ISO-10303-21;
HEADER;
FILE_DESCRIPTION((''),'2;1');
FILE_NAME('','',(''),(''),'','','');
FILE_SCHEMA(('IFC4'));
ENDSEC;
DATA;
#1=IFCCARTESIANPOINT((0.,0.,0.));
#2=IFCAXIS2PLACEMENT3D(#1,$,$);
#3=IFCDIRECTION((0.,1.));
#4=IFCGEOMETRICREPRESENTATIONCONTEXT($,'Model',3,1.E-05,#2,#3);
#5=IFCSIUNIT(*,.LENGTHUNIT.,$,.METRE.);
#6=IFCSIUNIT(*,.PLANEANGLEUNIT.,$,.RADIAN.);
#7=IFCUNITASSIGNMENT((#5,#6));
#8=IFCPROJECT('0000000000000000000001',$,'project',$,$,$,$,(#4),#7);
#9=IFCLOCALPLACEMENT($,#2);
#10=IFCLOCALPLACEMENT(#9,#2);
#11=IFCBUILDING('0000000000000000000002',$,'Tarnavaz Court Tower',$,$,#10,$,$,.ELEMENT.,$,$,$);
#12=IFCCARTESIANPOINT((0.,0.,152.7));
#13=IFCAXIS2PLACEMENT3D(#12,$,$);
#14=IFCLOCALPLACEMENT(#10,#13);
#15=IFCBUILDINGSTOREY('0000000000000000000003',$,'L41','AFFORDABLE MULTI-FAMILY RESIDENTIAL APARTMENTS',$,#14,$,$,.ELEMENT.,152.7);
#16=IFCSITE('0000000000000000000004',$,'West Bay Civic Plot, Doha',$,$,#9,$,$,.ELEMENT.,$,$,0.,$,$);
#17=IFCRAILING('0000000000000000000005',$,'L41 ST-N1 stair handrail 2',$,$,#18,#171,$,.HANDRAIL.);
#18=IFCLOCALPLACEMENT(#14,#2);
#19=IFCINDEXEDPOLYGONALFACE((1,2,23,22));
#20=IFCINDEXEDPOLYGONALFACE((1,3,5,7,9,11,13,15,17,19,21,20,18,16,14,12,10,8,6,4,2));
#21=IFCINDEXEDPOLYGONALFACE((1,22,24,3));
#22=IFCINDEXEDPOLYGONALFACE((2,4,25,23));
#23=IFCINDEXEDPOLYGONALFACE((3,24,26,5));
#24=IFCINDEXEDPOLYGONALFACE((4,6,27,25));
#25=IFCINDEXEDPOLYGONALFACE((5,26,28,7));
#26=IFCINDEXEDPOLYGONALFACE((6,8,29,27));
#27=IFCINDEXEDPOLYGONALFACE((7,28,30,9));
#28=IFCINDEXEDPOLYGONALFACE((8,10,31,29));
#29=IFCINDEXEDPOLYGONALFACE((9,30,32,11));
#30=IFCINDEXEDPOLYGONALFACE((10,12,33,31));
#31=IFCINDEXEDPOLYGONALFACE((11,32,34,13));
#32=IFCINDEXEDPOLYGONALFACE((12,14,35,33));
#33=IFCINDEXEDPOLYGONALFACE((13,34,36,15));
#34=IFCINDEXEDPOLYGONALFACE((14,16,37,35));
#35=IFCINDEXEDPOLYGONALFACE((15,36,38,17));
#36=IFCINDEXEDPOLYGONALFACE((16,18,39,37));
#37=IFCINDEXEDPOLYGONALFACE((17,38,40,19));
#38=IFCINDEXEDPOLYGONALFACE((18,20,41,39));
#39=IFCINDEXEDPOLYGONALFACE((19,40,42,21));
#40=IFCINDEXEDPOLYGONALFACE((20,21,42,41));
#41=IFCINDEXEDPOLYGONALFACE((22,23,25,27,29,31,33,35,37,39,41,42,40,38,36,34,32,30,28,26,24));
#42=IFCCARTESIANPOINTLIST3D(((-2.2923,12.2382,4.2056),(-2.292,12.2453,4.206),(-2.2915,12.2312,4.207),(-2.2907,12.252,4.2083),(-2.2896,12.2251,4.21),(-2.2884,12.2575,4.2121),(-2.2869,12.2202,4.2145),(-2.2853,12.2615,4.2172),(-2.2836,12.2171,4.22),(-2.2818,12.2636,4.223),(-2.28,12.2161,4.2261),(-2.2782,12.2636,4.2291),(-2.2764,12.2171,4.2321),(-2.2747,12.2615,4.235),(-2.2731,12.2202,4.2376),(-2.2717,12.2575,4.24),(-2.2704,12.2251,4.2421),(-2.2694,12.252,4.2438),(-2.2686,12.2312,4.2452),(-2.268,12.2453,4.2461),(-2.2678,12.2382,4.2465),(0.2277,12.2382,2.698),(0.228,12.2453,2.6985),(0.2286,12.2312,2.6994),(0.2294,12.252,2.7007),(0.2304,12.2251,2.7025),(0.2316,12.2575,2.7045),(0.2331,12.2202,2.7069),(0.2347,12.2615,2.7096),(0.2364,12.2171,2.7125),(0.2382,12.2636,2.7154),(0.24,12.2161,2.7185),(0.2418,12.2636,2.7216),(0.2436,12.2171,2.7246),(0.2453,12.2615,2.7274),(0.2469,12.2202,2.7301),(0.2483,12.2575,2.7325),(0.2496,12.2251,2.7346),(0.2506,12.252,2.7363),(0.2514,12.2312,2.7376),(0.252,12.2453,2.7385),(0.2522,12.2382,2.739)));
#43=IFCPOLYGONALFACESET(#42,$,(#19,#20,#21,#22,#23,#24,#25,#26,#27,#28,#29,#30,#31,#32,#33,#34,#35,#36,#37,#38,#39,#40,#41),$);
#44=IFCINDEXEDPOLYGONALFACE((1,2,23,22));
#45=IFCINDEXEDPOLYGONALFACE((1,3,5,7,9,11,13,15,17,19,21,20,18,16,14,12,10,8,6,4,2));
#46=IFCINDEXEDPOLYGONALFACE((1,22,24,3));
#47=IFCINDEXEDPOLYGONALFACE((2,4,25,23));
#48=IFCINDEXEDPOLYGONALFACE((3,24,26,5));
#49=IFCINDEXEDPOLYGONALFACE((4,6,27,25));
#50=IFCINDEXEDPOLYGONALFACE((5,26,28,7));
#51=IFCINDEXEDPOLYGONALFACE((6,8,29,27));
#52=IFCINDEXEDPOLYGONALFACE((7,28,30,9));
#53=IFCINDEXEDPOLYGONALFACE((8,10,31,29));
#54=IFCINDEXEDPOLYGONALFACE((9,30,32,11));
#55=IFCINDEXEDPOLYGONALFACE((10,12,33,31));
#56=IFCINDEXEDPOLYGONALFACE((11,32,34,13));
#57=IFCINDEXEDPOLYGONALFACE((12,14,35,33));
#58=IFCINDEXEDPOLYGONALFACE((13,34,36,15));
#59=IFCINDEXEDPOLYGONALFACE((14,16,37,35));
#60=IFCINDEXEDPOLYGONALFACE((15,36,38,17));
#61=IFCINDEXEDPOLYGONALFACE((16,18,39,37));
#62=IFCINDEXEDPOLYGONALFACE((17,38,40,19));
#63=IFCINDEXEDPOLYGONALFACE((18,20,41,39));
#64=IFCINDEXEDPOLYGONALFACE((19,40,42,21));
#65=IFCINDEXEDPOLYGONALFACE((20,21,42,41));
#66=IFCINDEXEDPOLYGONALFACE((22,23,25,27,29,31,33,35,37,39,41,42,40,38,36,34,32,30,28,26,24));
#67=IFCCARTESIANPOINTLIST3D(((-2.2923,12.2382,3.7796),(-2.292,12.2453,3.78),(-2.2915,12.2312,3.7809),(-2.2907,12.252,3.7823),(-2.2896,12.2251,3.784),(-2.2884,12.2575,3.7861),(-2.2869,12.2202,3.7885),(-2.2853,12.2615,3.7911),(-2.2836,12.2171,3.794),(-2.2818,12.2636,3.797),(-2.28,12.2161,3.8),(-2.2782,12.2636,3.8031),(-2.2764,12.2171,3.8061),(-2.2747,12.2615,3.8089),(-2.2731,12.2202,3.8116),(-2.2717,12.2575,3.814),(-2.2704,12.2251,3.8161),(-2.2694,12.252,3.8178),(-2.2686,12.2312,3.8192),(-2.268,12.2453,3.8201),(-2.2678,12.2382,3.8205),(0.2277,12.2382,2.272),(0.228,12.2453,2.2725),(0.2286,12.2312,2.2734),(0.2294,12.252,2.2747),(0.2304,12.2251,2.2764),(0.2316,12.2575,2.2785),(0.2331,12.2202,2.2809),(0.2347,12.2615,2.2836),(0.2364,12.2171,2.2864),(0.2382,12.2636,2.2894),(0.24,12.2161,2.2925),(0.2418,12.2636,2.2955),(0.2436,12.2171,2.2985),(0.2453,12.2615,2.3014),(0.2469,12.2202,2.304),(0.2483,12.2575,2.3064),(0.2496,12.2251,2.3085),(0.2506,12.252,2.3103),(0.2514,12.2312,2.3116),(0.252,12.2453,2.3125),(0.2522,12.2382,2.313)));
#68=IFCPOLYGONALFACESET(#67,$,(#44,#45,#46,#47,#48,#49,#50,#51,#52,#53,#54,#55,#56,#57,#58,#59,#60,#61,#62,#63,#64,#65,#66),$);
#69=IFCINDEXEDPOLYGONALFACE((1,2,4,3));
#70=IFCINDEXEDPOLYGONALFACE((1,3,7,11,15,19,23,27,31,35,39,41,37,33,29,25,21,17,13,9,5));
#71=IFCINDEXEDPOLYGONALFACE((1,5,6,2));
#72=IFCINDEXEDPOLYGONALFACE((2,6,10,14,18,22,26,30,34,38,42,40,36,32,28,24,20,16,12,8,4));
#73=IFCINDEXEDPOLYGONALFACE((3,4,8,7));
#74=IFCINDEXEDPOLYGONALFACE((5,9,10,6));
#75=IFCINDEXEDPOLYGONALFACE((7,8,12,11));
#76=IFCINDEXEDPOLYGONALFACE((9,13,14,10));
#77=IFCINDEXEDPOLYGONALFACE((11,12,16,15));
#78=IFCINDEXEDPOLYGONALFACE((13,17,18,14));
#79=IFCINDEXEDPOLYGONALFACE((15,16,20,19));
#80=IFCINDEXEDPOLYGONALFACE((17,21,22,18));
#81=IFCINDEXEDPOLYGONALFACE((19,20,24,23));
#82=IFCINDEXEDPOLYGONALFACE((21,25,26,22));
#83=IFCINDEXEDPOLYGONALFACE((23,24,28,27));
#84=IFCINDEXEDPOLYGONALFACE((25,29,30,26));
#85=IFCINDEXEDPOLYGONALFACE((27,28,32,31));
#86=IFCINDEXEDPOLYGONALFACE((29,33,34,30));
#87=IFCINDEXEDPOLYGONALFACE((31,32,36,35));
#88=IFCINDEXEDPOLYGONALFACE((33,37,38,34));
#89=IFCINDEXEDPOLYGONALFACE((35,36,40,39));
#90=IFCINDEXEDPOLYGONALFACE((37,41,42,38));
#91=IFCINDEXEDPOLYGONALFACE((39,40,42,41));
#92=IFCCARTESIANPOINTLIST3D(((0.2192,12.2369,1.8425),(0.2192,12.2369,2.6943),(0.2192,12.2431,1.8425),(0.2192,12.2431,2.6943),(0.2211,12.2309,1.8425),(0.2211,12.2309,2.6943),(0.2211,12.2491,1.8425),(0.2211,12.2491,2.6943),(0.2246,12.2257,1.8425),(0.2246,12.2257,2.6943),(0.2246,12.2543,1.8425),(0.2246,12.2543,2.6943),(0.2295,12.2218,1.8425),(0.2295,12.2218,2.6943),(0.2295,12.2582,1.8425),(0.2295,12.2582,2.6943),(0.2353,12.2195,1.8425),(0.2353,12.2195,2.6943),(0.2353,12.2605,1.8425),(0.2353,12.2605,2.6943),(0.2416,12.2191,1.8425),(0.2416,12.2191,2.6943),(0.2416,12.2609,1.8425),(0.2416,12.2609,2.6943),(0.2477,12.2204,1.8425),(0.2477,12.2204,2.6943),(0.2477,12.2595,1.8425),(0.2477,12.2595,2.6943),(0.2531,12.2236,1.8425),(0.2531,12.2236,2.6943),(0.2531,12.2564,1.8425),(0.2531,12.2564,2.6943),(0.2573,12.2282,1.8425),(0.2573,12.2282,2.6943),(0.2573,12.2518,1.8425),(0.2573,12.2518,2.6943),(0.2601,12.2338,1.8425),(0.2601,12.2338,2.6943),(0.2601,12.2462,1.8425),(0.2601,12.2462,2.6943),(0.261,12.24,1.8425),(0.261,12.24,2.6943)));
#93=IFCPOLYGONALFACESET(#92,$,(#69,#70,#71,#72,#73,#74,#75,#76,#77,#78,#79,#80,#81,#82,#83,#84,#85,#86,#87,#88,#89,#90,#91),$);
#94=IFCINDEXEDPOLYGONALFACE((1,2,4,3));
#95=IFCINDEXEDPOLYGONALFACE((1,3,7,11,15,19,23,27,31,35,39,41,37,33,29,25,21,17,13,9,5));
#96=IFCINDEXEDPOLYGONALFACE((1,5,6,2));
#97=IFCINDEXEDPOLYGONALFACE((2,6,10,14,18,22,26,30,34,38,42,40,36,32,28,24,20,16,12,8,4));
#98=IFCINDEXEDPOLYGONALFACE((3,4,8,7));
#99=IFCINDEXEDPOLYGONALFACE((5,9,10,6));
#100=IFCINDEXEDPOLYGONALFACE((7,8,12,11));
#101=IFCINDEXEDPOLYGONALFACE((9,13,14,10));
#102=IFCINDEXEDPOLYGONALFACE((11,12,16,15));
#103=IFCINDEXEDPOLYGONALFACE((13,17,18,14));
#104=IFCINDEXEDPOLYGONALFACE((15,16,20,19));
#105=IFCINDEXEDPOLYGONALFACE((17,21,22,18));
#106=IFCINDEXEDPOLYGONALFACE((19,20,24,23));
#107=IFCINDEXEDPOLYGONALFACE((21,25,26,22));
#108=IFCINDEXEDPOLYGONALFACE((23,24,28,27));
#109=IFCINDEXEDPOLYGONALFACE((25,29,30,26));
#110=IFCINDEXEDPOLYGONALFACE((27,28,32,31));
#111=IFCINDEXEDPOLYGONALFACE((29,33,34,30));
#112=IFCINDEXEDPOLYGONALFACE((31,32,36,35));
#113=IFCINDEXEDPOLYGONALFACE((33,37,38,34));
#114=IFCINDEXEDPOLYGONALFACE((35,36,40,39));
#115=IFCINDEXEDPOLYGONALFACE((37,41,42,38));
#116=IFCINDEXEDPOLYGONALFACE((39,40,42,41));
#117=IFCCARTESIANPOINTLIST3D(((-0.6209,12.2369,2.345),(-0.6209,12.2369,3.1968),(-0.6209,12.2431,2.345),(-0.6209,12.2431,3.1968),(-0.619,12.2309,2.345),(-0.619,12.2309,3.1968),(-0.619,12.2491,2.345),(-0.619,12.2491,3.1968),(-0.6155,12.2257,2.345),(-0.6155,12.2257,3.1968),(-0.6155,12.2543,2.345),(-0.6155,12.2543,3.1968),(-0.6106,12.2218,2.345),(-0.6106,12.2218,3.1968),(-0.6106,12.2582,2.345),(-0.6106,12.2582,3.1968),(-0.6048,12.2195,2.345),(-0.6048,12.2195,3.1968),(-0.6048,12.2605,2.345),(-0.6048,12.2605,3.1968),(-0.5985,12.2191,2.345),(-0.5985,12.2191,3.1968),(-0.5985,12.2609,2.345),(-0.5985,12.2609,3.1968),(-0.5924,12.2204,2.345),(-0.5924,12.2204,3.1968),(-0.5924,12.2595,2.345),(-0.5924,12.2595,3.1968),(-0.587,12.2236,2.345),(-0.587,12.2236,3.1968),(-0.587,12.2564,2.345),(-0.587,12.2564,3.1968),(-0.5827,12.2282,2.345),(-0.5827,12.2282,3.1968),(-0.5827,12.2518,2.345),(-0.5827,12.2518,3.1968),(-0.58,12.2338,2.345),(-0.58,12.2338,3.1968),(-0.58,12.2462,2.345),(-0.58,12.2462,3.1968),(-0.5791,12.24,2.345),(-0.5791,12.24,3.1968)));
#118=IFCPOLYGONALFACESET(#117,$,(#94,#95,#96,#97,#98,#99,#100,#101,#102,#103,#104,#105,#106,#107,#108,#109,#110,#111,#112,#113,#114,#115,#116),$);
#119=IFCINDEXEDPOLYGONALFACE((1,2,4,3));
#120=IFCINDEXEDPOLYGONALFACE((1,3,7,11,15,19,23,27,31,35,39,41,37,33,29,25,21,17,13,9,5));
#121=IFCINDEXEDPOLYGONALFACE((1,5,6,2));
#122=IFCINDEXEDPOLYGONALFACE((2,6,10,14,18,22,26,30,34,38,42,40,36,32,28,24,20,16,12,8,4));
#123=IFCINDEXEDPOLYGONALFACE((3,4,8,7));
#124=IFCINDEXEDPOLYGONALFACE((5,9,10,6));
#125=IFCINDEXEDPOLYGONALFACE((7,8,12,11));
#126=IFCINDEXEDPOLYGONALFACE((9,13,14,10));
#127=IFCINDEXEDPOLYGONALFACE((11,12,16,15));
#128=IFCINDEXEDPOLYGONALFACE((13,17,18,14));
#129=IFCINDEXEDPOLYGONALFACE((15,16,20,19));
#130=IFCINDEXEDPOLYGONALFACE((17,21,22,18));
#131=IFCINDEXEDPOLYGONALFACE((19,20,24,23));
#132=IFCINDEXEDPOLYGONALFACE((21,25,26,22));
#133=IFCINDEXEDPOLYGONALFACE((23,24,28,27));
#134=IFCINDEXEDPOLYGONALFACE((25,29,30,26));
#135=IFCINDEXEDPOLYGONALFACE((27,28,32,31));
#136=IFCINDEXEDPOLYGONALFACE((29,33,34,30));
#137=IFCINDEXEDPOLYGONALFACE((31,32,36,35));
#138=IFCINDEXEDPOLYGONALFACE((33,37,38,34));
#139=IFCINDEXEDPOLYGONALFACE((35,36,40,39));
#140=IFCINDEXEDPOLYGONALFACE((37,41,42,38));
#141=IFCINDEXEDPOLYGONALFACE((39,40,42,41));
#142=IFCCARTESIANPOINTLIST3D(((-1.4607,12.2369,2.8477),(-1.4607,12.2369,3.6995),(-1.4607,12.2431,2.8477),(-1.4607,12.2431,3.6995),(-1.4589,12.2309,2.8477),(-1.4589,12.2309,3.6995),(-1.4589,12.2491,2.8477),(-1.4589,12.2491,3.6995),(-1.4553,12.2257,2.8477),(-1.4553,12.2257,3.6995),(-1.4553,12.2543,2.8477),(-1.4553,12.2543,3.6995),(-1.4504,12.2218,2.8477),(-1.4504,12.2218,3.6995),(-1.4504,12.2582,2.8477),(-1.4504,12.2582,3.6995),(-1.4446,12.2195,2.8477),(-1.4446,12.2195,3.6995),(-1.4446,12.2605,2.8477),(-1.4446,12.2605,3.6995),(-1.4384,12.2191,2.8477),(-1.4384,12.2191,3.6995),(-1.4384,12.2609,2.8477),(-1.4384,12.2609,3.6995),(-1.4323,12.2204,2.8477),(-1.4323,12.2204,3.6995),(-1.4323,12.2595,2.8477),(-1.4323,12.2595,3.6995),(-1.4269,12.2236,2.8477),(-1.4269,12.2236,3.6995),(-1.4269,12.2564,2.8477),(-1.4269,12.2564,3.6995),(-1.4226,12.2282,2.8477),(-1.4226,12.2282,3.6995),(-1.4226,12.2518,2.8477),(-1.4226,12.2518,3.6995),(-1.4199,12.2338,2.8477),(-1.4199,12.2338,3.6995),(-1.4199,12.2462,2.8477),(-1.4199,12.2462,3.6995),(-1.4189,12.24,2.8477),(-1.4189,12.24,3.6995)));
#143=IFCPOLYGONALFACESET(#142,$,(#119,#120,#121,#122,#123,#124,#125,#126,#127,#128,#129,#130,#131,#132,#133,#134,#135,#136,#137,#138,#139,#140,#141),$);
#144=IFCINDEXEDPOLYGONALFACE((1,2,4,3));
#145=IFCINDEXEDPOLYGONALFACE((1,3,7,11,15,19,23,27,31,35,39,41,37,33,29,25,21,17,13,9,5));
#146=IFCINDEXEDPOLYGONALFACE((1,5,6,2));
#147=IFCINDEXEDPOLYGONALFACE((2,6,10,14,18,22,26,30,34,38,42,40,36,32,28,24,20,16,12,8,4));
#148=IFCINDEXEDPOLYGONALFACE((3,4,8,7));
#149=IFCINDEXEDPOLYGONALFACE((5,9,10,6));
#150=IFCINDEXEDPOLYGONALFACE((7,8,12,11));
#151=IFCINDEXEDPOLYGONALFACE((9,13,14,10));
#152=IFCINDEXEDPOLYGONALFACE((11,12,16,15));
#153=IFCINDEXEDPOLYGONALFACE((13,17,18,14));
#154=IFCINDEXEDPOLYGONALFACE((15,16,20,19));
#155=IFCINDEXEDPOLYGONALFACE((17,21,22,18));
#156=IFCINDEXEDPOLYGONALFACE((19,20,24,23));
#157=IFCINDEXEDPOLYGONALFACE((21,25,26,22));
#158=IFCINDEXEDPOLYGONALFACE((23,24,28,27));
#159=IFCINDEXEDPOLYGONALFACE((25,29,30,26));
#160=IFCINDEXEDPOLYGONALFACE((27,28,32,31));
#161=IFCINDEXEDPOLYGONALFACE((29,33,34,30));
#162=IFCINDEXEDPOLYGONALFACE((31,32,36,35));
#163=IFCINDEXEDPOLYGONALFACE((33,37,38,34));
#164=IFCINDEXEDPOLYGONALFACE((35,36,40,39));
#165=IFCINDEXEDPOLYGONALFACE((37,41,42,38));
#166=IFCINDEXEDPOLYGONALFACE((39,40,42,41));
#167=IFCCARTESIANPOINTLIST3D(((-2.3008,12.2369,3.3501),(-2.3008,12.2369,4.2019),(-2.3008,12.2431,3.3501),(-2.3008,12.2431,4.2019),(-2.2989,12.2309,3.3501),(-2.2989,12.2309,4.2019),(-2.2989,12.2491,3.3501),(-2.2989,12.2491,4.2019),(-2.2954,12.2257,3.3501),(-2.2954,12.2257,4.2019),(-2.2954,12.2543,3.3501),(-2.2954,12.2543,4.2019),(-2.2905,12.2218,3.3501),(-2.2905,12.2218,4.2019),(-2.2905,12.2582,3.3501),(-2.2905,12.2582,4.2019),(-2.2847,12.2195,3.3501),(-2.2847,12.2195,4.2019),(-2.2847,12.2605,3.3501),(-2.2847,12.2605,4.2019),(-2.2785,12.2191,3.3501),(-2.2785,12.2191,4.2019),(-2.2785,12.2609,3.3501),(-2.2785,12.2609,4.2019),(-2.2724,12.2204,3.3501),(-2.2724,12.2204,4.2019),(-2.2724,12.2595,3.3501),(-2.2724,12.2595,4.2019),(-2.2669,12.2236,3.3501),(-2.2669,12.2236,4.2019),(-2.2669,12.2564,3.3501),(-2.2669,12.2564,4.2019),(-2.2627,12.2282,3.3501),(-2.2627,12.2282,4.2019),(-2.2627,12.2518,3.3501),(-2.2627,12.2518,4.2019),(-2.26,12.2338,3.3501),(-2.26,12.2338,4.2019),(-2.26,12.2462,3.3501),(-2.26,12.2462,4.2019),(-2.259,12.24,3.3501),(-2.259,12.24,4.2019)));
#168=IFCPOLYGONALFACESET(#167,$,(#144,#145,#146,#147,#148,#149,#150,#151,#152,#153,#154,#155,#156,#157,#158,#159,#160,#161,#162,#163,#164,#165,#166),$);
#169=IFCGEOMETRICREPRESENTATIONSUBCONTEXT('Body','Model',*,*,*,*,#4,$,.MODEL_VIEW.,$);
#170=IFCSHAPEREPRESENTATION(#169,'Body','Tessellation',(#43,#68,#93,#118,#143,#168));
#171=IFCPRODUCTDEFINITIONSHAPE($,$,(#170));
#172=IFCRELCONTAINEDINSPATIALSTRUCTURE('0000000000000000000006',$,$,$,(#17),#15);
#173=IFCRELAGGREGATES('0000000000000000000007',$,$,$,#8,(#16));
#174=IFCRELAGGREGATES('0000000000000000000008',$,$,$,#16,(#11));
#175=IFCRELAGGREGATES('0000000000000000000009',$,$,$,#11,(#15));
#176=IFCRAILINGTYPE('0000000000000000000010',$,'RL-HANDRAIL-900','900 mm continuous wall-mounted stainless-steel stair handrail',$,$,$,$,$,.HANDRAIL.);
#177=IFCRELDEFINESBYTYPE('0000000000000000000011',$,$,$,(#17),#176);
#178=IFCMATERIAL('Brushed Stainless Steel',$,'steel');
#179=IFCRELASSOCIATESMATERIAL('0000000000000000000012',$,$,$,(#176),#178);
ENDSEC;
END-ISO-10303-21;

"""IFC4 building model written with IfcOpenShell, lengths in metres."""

from ifc_helpers import new_model, si_unit, direction, frame, origin, origin_2d, place, context, subcontext, project, spatial, circle, extrude, material, type_object, element, save


model = new_model("IFC4")

# Units and contexts
model_context = context("Model", 3, precision=1e-05, world=origin(), true_north=direction((0.0, 1.0)))
body_context = subcontext(model_context, "Body", "Model", "MODEL_VIEW")
ifc_project = project(units=[si_unit("LENGTHUNIT", "METRE"), si_unit("PLANEANGLEUNIT", "RADIAN")], contexts=[model_context])

# Site, building, storey
site_placement = place(None, origin())
site = spatial("IfcSite", under=ifc_project, at=site_placement, Name="West Bay Civic Plot, Doha", CompositionType="ELEMENT", RefElevation=0.0)
building_placement = place(site_placement, origin())
building = spatial("IfcBuilding", under=site, at=building_placement, Name="Tarnavaz Court Tower", CompositionType="ELEMENT")
storey_placement = place(building_placement, frame((0.0, 0.0, 152.7)))
storey = spatial("IfcBuildingStorey", under=building, at=storey_placement, Name="L41", Description="AFFORDABLE MULTI-FAMILY RESIDENTIAL APARTMENTS", CompositionType="ELEMENT", Elevation=152.7)

# Railing
ifc_material_1 = material(Name="Brushed Stainless Steel", Category="steel")
railing_type_1 = type_object("IfcRailingType", Name="RL-HANDRAIL-900", Description="900 mm continuous wall-mounted stainless-steel stair handrail", PredefinedType="HANDRAIL", material=ifc_material_1)
railing_1_placement = place(storey_placement, frame((0.24, 12.24, 1.8425)))
element("IfcRailing", 1, at=railing_1_placement, inside=storey, type_object=railing_type_1, Name="L41 ST-N1 stair handrail 2", PredefinedType="HANDRAIL", context=body_context, shape_type="SweptSolid", body=[
    extrude(circle(Radius=0.0239, at=origin_2d()), frame((0.0, 0.0, 0.876), z_axis=(-0.85816, 0.0, 0.513383), x_axis=(0.0, -1.0, 0.0)), (0.0, 0.0, 1.0), 2.9365),
    extrude(circle(Radius=0.0239, at=origin_2d()), frame((0.0, 0.0, 0.45), z_axis=(-0.85816, 0.0, 0.513383), x_axis=(0.0, -1.0, 0.0)), (0.0, 0.0, 1.0), 2.9365),
    extrude(circle(Radius=0.021, at=origin_2d()), origin(), (0.0, 0.0, 1.0), 0.8518),
    extrude(circle(Radius=0.021, at=origin_2d()), frame((-0.8401, 0.0, 0.5024)), (0.0, 0.0, 1.0), 0.8518),
    extrude(circle(Radius=0.021, at=origin_2d()), frame((-1.6799, 0.0, 1.0051)), (0.0, 0.0, 1.0), 0.8518),
    extrude(circle(Radius=0.021, at=origin_2d()), frame((-2.52, 0.0, 1.5076)), (0.0, 0.0, 1.0), 0.8518),
])

save(model, "model.ifc")
